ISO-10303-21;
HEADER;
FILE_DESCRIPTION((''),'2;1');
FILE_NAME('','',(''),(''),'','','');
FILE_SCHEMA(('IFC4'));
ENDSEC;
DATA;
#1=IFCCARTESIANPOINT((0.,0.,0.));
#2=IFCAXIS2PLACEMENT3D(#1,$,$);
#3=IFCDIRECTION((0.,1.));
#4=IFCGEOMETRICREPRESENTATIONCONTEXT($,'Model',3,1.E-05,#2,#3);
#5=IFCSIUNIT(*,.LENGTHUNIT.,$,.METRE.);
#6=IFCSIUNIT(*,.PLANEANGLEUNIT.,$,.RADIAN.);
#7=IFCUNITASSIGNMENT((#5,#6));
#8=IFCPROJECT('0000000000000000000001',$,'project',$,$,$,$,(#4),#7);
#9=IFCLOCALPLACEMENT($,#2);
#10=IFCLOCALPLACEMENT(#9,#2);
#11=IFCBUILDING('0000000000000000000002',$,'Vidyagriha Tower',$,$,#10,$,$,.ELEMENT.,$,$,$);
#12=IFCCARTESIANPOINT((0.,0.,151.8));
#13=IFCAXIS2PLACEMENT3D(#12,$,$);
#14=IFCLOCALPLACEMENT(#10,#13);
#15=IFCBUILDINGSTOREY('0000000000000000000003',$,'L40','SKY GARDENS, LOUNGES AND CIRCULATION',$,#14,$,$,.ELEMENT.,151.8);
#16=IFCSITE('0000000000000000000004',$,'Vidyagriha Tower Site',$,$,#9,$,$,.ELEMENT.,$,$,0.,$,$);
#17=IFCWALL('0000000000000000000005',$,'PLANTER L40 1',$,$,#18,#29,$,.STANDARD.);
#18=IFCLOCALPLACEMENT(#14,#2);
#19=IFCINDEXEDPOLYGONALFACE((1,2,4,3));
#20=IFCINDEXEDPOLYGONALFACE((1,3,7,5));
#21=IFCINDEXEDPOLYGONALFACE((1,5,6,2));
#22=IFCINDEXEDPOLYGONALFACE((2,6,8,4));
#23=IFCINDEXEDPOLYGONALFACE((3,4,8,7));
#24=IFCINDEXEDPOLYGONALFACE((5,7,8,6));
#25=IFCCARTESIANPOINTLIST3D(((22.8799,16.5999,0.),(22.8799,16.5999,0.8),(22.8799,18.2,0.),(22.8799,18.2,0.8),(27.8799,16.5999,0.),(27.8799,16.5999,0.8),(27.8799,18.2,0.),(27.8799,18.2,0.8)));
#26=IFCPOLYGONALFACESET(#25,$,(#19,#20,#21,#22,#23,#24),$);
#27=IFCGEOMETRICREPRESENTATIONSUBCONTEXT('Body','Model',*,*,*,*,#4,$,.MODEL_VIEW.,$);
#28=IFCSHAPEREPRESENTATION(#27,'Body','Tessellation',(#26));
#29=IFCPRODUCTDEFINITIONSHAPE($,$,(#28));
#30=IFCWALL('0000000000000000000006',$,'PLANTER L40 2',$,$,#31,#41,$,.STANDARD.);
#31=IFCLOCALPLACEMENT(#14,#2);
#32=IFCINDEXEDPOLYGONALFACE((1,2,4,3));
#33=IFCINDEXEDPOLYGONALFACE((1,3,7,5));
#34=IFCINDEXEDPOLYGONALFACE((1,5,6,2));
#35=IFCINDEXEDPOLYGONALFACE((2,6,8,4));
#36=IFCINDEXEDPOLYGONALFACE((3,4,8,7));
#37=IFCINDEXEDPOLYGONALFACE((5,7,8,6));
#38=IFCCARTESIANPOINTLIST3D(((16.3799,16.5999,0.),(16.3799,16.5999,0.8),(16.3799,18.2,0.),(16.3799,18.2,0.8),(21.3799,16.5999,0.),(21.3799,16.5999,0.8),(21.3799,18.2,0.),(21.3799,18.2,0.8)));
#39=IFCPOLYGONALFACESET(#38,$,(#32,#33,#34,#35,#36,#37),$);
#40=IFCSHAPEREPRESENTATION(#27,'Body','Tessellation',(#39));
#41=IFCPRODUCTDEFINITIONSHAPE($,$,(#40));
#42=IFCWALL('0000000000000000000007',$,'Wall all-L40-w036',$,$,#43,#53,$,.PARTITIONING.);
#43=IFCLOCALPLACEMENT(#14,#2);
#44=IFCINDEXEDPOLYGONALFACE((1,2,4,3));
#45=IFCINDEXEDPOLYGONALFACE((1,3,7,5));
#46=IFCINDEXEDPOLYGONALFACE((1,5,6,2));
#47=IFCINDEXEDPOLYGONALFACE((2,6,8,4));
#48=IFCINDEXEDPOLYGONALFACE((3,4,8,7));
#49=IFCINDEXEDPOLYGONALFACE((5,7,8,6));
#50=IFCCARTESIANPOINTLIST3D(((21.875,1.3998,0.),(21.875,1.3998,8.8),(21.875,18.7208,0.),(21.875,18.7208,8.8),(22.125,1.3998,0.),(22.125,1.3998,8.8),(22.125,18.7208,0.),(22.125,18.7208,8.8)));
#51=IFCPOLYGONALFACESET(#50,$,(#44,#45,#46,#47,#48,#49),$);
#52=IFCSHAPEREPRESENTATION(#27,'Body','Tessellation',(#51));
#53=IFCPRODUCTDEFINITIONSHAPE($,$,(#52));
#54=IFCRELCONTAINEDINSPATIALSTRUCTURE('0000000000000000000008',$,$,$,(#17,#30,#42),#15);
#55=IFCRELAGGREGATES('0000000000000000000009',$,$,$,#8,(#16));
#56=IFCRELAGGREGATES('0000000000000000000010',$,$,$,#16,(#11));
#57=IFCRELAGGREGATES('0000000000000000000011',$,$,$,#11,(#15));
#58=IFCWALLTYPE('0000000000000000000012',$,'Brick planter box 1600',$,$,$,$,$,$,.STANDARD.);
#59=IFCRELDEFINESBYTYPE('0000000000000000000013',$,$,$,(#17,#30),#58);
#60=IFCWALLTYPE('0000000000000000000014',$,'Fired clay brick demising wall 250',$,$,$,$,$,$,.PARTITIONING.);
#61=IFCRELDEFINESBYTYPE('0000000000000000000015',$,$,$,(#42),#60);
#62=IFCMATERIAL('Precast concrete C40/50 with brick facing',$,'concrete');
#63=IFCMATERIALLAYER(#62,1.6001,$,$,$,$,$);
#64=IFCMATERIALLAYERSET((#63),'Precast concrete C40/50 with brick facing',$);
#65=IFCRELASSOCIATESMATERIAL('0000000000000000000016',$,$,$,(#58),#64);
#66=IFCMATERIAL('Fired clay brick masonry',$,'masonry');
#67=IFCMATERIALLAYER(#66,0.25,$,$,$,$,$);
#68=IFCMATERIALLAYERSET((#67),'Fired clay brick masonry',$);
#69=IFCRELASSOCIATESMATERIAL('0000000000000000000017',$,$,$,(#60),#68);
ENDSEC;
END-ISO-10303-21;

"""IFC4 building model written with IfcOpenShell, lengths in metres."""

from ifc_helpers import new_model, si_unit, direction, frame, frame_2d, origin, place, context, subcontext, project, spatial, rectangle, extrude, material, layer, layer_set, type_object, element, save


model = new_model("IFC4")

# Units and contexts
model_context = context("Model", 3, precision=1e-05, world=origin(), true_north=direction((0.0, 1.0)))
body_context = subcontext(model_context, "Body", "Model", "MODEL_VIEW")
ifc_project = project(units=[si_unit("LENGTHUNIT", "METRE"), si_unit("PLANEANGLEUNIT", "RADIAN")], contexts=[model_context])

# Site, building, storey
site_placement = place(None, origin())
site = spatial("IfcSite", under=ifc_project, at=site_placement, Name="Vidyagriha Tower Site", CompositionType="ELEMENT", RefElevation=0.0)
building_placement = place(site_placement, origin())
building = spatial("IfcBuilding", under=site, at=building_placement, Name="Vidyagriha Tower", CompositionType="ELEMENT")
storey_placement = place(building_placement, frame((0.0, 0.0, 151.8)))
storey = spatial("IfcBuildingStorey", under=building, at=storey_placement, Name="L40", Description="SKY GARDENS, LOUNGES AND CIRCULATION", CompositionType="ELEMENT", Elevation=151.8)

# Walls
ifc_material_1 = material(Name="Precast concrete C40/50 with brick facing", Category="concrete")
ifc_layer_1 = layer(ifc_material_1, 1.6001)
ifc_layer_set_1 = layer_set([ifc_layer_1], Name="Precast concrete C40/50 with brick facing")
wall_type_1 = type_object("IfcWallType", Name="Brick planter box 1600", PredefinedType="STANDARD", material=ifc_layer_set_1)
for number, where, z_axis, x_axis, name in (
    (1, (27.8799, 17.3999, 0.0), (0.0, 0.0, 1.0), (-1.0, 0.0, 0.0), "PLANTER L40 1"),
    (2, (21.3799, 17.3999, 0.0), (0.0, 0.0, 1.0), (-1.0, 0.0, 0.0), "PLANTER L40 2"),
):
    element("IfcWall", number, at=place(storey_placement, frame(where, z_axis=z_axis, x_axis=x_axis)), inside=storey, type_object=wall_type_1, Name=name, PredefinedType="STANDARD", context=body_context, shape_type="SweptSolid", body=[
        extrude(rectangle(XDim=5.0, YDim=1.6001, at=frame_2d((2.5, 0.0))), origin(), (0.0, 0.0, 1.0), 0.8),
    ])
ifc_material_2 = material(Name="Fired clay brick masonry", Category="masonry")
ifc_layer_2 = layer(ifc_material_2, 0.25)
ifc_layer_set_2 = layer_set([ifc_layer_2], Name="Fired clay brick masonry")
wall_type_2 = type_object("IfcWallType", Name="Fired clay brick demising wall 250", PredefinedType="PARTITIONING", material=ifc_layer_set_2)
wall_placement = place(storey_placement, frame((22.0, 18.7209, 0.0), z_axis=(0.0, 0.0, 1.0), x_axis=(0.0, -1.0, 0.0)))
element("IfcWall", 3, at=wall_placement, inside=storey, type_object=wall_type_2, Name="Wall all-L40-w036", PredefinedType="PARTITIONING", context=body_context, shape_type="SweptSolid", body=[
    extrude(rectangle(XDim=17.321, YDim=0.25, at=frame_2d((8.6606, 0.0))), origin(), (0.0, 0.0, 1.0), 8.8),
])

save(model, "model.ifc")
